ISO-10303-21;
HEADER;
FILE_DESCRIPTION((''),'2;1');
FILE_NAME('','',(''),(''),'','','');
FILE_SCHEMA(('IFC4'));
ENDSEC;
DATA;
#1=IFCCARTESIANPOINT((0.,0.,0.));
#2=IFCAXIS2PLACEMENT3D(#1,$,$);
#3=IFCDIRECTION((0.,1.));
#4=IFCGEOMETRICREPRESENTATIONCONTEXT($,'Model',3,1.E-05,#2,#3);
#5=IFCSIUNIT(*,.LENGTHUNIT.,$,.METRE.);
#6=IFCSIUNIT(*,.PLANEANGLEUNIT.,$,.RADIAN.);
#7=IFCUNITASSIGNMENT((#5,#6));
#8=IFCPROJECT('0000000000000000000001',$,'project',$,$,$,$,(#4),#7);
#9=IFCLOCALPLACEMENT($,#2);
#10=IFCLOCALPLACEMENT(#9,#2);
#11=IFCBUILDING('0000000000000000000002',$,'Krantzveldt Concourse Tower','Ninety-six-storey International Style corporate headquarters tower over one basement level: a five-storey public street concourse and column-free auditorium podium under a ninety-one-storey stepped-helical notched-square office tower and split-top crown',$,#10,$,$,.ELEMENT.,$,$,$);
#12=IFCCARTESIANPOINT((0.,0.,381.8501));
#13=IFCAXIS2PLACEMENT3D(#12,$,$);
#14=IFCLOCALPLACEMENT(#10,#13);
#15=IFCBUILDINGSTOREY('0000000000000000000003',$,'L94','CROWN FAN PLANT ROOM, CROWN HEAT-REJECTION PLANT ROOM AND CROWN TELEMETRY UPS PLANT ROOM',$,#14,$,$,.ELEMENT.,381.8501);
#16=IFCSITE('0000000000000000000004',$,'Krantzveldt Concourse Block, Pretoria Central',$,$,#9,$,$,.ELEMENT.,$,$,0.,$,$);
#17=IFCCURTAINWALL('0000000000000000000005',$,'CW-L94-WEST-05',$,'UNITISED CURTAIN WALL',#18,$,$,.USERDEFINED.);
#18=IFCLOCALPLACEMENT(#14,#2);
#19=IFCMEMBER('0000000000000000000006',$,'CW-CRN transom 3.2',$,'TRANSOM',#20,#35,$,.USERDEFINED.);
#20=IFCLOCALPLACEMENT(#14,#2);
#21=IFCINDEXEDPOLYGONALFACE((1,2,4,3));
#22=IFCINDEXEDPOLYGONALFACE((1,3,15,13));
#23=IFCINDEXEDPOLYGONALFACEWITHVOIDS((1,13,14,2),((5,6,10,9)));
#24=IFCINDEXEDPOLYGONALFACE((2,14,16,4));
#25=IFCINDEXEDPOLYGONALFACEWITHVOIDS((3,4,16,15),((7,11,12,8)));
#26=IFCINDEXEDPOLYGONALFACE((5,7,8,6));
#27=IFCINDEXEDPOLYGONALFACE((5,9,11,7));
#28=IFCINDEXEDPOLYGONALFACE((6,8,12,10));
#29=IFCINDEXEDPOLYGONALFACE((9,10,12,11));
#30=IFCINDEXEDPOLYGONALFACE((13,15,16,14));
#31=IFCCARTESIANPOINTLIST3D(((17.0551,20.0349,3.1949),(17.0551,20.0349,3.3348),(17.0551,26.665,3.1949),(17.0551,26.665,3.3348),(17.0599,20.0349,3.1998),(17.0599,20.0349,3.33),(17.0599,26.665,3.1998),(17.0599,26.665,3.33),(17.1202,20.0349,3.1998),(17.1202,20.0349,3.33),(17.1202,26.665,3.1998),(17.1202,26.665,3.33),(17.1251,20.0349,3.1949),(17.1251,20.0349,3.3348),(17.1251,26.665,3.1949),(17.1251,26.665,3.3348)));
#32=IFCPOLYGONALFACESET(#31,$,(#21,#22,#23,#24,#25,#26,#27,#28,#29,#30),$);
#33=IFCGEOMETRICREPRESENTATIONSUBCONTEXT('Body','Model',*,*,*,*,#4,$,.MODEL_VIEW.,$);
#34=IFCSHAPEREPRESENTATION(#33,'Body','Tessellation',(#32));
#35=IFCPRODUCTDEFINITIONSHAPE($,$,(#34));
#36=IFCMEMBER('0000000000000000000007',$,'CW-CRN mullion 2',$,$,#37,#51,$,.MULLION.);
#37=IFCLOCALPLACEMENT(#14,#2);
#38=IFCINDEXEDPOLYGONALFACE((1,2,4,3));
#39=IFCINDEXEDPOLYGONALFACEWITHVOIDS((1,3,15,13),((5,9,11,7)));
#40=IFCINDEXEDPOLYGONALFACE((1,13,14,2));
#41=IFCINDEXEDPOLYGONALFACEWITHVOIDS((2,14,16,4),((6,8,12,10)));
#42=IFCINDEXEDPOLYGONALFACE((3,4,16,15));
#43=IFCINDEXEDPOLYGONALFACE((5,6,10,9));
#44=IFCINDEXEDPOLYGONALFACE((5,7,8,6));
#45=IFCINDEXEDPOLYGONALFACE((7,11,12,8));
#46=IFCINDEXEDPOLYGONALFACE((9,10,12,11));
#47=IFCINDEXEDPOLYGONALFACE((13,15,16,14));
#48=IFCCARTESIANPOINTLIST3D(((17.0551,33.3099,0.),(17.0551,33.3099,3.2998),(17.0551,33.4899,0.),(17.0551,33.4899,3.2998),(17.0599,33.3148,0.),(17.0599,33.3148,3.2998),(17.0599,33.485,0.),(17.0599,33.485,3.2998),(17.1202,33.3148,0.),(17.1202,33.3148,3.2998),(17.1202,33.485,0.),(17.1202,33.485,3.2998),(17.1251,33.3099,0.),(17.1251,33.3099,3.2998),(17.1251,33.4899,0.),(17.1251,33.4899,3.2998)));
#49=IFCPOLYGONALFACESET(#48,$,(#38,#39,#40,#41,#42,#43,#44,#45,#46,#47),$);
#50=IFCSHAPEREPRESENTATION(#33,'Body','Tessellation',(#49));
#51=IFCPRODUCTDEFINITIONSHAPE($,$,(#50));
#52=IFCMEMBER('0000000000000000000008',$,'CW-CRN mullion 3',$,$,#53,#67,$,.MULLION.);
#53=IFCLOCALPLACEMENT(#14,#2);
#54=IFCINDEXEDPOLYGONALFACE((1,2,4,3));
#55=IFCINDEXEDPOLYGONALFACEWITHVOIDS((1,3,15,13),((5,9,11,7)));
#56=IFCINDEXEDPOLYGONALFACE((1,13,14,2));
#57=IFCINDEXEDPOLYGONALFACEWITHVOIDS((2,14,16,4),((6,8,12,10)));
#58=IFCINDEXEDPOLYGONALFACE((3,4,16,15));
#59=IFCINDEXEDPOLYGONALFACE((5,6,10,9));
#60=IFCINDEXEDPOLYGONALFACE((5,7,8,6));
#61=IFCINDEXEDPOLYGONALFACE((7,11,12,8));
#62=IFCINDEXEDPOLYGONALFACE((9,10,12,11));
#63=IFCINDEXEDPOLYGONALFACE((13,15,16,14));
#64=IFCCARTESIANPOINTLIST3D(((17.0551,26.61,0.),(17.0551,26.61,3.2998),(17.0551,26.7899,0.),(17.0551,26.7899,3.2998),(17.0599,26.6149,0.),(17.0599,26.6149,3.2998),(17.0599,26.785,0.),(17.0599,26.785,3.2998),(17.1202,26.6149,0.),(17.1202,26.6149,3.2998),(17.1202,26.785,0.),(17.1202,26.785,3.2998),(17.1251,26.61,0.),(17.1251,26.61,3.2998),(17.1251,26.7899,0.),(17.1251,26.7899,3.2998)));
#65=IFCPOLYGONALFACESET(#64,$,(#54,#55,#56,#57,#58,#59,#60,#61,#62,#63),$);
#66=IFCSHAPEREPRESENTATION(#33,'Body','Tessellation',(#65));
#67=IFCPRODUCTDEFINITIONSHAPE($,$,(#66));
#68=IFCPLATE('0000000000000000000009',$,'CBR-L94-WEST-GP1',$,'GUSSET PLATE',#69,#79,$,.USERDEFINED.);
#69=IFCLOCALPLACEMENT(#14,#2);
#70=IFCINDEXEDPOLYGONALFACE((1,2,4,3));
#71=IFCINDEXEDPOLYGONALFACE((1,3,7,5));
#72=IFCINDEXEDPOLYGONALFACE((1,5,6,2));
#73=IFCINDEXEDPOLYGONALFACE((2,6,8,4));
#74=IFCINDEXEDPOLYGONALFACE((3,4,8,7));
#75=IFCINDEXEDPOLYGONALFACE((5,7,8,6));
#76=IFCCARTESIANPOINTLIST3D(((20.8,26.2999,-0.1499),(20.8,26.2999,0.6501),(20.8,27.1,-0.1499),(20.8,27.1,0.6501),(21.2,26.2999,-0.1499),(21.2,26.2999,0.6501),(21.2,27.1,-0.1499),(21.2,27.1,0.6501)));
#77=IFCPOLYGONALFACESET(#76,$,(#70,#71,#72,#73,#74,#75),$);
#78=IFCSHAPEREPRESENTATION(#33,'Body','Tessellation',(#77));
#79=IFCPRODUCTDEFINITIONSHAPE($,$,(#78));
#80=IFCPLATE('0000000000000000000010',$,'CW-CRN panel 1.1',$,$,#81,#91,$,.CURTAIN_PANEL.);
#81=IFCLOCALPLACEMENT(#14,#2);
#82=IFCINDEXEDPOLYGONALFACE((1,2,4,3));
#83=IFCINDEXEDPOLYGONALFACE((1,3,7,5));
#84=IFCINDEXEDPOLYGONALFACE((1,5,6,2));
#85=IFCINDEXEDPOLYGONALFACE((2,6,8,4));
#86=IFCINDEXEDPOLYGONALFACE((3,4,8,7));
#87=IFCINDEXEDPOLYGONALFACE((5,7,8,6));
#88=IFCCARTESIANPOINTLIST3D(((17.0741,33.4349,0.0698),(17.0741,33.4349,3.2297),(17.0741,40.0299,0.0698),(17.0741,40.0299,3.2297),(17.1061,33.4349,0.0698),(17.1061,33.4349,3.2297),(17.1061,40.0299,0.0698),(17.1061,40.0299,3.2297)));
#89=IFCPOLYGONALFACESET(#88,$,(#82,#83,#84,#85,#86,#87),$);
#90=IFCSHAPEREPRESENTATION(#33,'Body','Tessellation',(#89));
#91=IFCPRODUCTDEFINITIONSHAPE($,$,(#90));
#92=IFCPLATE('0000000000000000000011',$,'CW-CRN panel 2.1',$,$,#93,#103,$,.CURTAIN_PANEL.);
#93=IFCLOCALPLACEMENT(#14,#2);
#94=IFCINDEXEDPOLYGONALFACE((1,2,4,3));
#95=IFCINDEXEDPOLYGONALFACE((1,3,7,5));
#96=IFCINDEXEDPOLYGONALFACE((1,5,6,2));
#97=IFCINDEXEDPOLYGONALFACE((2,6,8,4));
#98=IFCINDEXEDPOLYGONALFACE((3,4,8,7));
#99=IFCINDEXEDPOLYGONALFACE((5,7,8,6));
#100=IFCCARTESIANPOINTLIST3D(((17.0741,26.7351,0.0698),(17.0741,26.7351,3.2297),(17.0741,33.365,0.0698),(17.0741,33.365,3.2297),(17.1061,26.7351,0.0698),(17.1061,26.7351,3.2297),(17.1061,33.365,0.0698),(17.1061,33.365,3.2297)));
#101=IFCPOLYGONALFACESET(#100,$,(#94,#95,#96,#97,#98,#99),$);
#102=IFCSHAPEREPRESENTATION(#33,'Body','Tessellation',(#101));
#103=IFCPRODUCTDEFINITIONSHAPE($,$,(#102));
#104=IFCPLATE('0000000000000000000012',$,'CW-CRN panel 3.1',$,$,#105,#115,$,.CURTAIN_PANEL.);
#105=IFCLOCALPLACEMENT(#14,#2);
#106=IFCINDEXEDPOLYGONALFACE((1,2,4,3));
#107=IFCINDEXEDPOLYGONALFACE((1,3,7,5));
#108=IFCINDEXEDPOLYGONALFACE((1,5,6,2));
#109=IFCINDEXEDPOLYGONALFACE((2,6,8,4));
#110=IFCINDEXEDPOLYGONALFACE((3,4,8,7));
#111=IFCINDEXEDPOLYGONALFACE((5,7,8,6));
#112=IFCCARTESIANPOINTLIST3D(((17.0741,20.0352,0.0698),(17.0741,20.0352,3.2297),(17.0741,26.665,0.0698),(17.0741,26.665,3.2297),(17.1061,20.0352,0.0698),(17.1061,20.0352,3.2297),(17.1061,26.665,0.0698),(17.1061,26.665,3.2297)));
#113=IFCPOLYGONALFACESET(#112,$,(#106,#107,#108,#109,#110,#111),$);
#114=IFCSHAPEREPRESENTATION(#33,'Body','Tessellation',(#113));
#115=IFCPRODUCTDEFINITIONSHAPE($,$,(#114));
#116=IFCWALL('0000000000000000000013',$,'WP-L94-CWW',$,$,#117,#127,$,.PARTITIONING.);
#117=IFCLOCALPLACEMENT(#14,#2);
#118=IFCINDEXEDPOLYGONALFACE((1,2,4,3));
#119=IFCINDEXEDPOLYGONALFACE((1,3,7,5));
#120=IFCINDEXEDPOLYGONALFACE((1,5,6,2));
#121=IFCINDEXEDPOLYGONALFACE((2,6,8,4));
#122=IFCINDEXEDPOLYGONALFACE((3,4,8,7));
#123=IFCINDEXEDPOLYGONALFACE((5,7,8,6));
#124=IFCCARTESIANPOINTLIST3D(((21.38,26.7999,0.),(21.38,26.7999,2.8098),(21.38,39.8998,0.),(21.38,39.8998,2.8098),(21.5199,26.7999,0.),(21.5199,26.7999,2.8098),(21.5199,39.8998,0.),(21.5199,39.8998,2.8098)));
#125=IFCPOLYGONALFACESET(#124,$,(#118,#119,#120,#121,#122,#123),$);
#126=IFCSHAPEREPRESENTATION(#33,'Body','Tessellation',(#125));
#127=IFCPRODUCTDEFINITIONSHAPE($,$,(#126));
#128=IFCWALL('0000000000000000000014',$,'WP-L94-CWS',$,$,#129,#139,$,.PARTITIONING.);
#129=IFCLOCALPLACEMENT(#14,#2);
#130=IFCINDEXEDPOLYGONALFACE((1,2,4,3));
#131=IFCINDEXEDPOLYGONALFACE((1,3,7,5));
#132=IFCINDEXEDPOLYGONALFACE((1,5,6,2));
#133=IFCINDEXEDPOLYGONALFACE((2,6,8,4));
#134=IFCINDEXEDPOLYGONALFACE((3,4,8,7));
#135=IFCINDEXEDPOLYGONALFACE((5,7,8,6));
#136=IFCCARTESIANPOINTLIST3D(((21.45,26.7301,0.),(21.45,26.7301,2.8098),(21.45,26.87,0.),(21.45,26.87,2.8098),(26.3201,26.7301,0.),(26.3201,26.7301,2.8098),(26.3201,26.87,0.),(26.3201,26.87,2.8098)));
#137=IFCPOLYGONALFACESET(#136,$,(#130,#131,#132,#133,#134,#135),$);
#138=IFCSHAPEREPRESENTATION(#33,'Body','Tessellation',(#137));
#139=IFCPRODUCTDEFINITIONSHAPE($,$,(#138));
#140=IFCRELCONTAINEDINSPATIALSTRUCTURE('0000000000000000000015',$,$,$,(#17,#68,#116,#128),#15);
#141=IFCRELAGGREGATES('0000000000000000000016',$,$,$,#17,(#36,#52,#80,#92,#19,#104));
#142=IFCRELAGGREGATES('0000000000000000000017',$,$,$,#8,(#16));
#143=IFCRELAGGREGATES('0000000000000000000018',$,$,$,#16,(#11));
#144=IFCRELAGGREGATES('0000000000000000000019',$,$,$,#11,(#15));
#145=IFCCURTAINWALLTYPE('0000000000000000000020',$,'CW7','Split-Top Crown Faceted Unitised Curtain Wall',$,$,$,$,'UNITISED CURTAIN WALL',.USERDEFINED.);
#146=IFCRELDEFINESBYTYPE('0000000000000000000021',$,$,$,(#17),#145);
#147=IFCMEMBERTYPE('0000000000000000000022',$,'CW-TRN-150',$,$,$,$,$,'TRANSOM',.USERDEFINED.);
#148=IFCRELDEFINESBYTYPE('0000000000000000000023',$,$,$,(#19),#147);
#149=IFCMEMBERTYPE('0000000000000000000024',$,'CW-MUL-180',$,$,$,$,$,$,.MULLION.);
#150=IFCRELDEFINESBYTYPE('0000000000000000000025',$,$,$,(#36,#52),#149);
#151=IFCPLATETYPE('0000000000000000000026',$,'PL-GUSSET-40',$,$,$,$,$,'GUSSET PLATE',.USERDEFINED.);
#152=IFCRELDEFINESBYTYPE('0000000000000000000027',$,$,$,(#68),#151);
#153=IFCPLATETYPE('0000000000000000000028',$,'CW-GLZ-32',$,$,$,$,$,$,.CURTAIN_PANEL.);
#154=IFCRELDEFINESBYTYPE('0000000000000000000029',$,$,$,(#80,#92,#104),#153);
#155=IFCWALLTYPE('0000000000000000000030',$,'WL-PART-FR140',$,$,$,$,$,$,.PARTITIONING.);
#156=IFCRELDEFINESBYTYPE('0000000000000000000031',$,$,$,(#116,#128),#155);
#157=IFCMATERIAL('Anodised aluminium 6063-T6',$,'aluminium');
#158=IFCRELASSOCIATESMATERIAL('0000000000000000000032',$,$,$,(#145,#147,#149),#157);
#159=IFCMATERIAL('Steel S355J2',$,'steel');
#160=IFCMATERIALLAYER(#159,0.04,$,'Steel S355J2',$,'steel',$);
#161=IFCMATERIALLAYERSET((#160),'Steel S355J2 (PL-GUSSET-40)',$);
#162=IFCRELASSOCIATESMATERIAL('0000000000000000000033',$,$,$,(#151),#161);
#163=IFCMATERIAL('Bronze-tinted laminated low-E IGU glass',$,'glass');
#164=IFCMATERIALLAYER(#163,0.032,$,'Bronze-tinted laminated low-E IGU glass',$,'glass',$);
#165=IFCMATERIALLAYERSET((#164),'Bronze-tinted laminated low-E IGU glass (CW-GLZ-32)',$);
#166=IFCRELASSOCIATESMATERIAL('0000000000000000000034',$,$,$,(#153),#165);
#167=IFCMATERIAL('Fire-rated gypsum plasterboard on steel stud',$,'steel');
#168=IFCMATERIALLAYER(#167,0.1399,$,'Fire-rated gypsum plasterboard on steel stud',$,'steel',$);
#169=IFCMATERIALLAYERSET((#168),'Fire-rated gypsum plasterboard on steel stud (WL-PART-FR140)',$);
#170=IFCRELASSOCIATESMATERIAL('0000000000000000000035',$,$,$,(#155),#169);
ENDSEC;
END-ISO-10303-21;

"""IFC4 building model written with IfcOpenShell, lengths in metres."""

from ifc_helpers import new_model, si_unit, direction, frame, frame_2d, origin, origin_2d, place, context, subcontext, project, spatial, rectangle, hollow_rectangle, extrude, source, transform, mapped, material, layer, layer_set, material_profile, profile_set, type_object, type_shapes, element, aggregate, save


model = new_model("IFC4")

# Units and contexts
model_context = context("Model", 3, precision=1e-05, world=origin(), true_north=direction((0.0, 1.0)))
body_context = subcontext(model_context, "Body", "Model", "MODEL_VIEW")
ifc_project = project(units=[si_unit("LENGTHUNIT", "METRE"), si_unit("PLANEANGLEUNIT", "RADIAN")], contexts=[model_context])

# Site, building, storey
site_placement = place(None, origin())
site = spatial("IfcSite", under=ifc_project, at=site_placement, Name="Krantzveldt Concourse Block, Pretoria Central", CompositionType="ELEMENT", RefElevation=0.0)
building_placement = place(site_placement, origin())
building = spatial("IfcBuilding", under=site, at=building_placement, Name="Krantzveldt Concourse Tower", Description="Ninety-six-storey International Style corporate headquarters tower over one basement level: a five-storey public street concourse and column-free auditorium podium under a ninety-one-storey stepped-helical notched-square office tower and split-top crown", CompositionType="ELEMENT")
storey_placement = place(building_placement, frame((0.0, 0.0, 381.8501)))
storey = spatial("IfcBuildingStorey", under=building, at=storey_placement, Name="L94", Description="CROWN FAN PLANT ROOM, CROWN HEAT-REJECTION PLANT ROOM AND CROWN TELEMETRY UPS PLANT ROOM", CompositionType="ELEMENT", Elevation=381.8501)

# Shared definitions
ifc_material_1 = material(Name="Steel S355J2", Category="steel")

# Curtain wall, members
ifc_material_2 = material(Name="Anodised aluminium 6063-T6", Category="aluminium")
curtain_wall_type = type_object("IfcCurtainWallType", Name="CW7", Description="Split-Top Crown Faceted Unitised Curtain Wall", ElementType="UNITISED CURTAIN WALL", PredefinedType="USERDEFINED", material=ifc_material_2)
curtain_wall_placement = place(storey_placement, origin())
curtain_wall = element("IfcCurtainWall", 1, at=curtain_wall_placement, inside=storey, type_object=curtain_wall_type, Name="CW-L94-WEST-05", ObjectType="UNITISED CURTAIN WALL", PredefinedType="USERDEFINED")
ifc_material_profile_1 = material_profile(ifc_material_2, hollow_rectangle(XDim=0.0701, YDim=0.1399, WallThickness=0.0049, at=origin_2d()), Name="Anodised aluminium 6063-T6", Category="aluminium")
ifc_profile_set_1 = profile_set([ifc_material_profile_1], Name="Anodised aluminium 6063-T6 - ALU-TRAN 140x70x5")
member_type_1 = type_object("IfcMemberType", Name="CW-TRN-150", ElementType="TRANSOM", PredefinedType="USERDEFINED", material=ifc_profile_set_1)
shared_shape_1 = source(origin(), body_context, "Body", "SweptSolid", [
    extrude(hollow_rectangle(XDim=0.0701, YDim=0.1399, WallThickness=0.0049, at=origin_2d()), origin(), (0.0, 0.0, 1.0), 6.6301),
])
member_1_placement = place(storey_placement, frame((17.0901, 26.665, 3.2649), z_axis=(0.0, -1.0, 0.0), x_axis=(1.0, 0.0, 0.0)))
member_1 = element("IfcMember", 2, at=member_1_placement, type_object=member_type_1, Name="CW-CRN transom 3.2", ObjectType="TRANSOM", PredefinedType="USERDEFINED", context=body_context, shape_type="MappedRepresentation", body=[
    mapped(shared_shape_1, transform((0.0, 0.0, 0.0), x_axis=(1.0, 0.0, 0.0), y_axis=(0.0, 1.0, 0.0), z_axis=(0.0, 0.0, 1.0), scale=1.0)),
])
ifc_material_profile_2 = material_profile(ifc_material_2, hollow_rectangle(XDim=0.0701, YDim=0.1799, WallThickness=0.0049, at=origin_2d()), Name="Anodised aluminium 6063-T6", Category="aluminium")
ifc_profile_set_2 = profile_set([ifc_material_profile_2], Name="Anodised aluminium 6063-T6 - ALU-MULL 180x70x5")
member_type_2 = type_object("IfcMemberType", Name="CW-MUL-180", PredefinedType="MULLION", material=ifc_profile_set_2)
shared_shape_2 = source(origin(), body_context, "Body", "SweptSolid", [
    extrude(hollow_rectangle(XDim=0.0701, YDim=0.1799, WallThickness=0.0049, at=origin_2d()), origin(), (0.0, 0.0, 1.0), 3.2998),
])
type_shapes(member_type_2, [shared_shape_2])
member_2_placement = place(storey_placement, frame((17.0901, 33.3999, 0.0), z_axis=(0.0, 0.0, 1.0), x_axis=(1.0, 0.0, 0.0)))
member_2 = element("IfcMember", 3, at=member_2_placement, type_object=member_type_2, Name="CW-CRN mullion 2", PredefinedType="MULLION", context=body_context, shape_type="MappedRepresentation", body=[
    mapped(shared_shape_2, transform((0.0, 0.0, 0.0), x_axis=(1.0, 0.0, 0.0), y_axis=(0.0, 1.0, 0.0), z_axis=(0.0, 0.0, 1.0), scale=1.0)),
])
member_3_placement = place(storey_placement, frame((17.0901, 26.7, 0.0), z_axis=(0.0, 0.0, 1.0), x_axis=(1.0, 0.0, 0.0)))
member_3 = element("IfcMember", 4, at=member_3_placement, type_object=member_type_2, Name="CW-CRN mullion 3", PredefinedType="MULLION", context=body_context, shape_type="MappedRepresentation", body=[
    mapped(shared_shape_2, transform((0.0, 0.0, 0.0), x_axis=(1.0, 0.0, 0.0), y_axis=(0.0, 1.0, 0.0), z_axis=(0.0, 0.0, 1.0), scale=1.0)),
])

# Plates
ifc_layer_1 = layer(ifc_material_1, 0.04, Name="Steel S355J2", Category="steel")
ifc_layer_set_1 = layer_set([ifc_layer_1], Name="Steel S355J2 (PL-GUSSET-40)")
plate_type_1 = type_object("IfcPlateType", Name="PL-GUSSET-40", ElementType="GUSSET PLATE", PredefinedType="USERDEFINED", material=ifc_layer_set_1)
shared_shape_3 = source(origin(), body_context, "Body", "SweptSolid", [
    extrude(rectangle(XDim=0.3999, YDim=0.8, at=origin_2d()), origin(), (0.0, 0.0, 1.0), 0.8),
])
type_shapes(plate_type_1, [shared_shape_3])
plate_1_placement = place(storey_placement, frame((21.0, 26.7, -0.1499), z_axis=(0.0, 0.0, 1.0), x_axis=(1.0, 0.0, 0.0)))
element("IfcPlate", 5, at=plate_1_placement, inside=storey, type_object=plate_type_1, Name="CBR-L94-WEST-GP1", ObjectType="GUSSET PLATE", PredefinedType="USERDEFINED", context=body_context, shape_type="MappedRepresentation", body=[
    mapped(shared_shape_3, transform((0.0, 0.0, 0.0), x_axis=(1.0, 0.0, 0.0), y_axis=(0.0, 1.0, 0.0), z_axis=(0.0, 0.0, 1.0), scale=1.0)),
])
ifc_material_3 = material(Name="Bronze-tinted laminated low-E IGU glass", Category="glass")
ifc_layer_2 = layer(ifc_material_3, 0.032, Name="Bronze-tinted laminated low-E IGU glass", Category="glass")
ifc_layer_set_2 = layer_set([ifc_layer_2], Name="Bronze-tinted laminated low-E IGU glass (CW-GLZ-32)")
plate_type_2 = type_object("IfcPlateType", Name="CW-GLZ-32", PredefinedType="CURTAIN_PANEL", material=ifc_layer_set_2)
shared_shape_4 = source(origin(), body_context, "Body", "SweptSolid", [
    extrude(rectangle(XDim=6.595, YDim=0.032, at=origin_2d()), origin(), (0.0, 0.0, 1.0), 3.1599),
])
plate_2_placement = place(storey_placement, frame((17.0901, 36.7324, 0.0698), z_axis=(0.0, 0.0, 1.0), x_axis=(0.0, -1.0, 0.0)))
plate_2 = element("IfcPlate", 6, at=plate_2_placement, type_object=plate_type_2, Name="CW-CRN panel 1.1", PredefinedType="CURTAIN_PANEL", context=body_context, shape_type="MappedRepresentation", body=[
    mapped(shared_shape_4, transform((0.0, 0.0, 0.0), x_axis=(1.0, 0.0, 0.0), y_axis=(0.0, 1.0, 0.0), z_axis=(0.0, 0.0, 1.0), scale=1.0)),
])
shared_shape_5 = source(origin(), body_context, "Body", "SweptSolid", [
    extrude(rectangle(XDim=6.6299, YDim=0.032, at=origin_2d()), origin(), (0.0, 0.0, 1.0), 3.1599),
])
type_shapes(plate_type_2, [shared_shape_4, shared_shape_5])
plate_3_placement = place(storey_placement, frame((17.0901, 30.05, 0.0698), z_axis=(0.0, 0.0, 1.0), x_axis=(0.0, -1.0, 0.0)))
plate_3 = element("IfcPlate", 7, at=plate_3_placement, type_object=plate_type_2, Name="CW-CRN panel 2.1", PredefinedType="CURTAIN_PANEL", context=body_context, shape_type="MappedRepresentation", body=[
    mapped(shared_shape_5, transform((0.0, 0.0, 0.0), x_axis=(1.0, 0.0, 0.0), y_axis=(0.0, 1.0, 0.0), z_axis=(0.0, 0.0, 1.0), scale=1.0)),
])
plate_4_placement = place(storey_placement, frame((17.0901, 23.3501, 0.0698), z_axis=(0.0, 0.0, 1.0), x_axis=(0.0, -1.0, 0.0)))
plate_4 = element("IfcPlate", 8, at=plate_4_placement, type_object=plate_type_2, Name="CW-CRN panel 3.1", PredefinedType="CURTAIN_PANEL", context=body_context, shape_type="MappedRepresentation", body=[
    mapped(shared_shape_5, transform((0.0, 0.0, 0.0), x_axis=(1.0, 0.0, 0.0), y_axis=(0.0, 1.0, 0.0), z_axis=(0.0, 0.0, 1.0), scale=1.0)),
])
aggregate(curtain_wall, [member_2, member_3, plate_2, plate_3, member_1, plate_4])

# Walls
ifc_material_4 = material(Name="Fire-rated gypsum plasterboard on steel stud", Category="steel")
ifc_layer_3 = layer(ifc_material_4, 0.1399, Name="Fire-rated gypsum plasterboard on steel stud", Category="steel")
ifc_layer_set_3 = layer_set([ifc_layer_3], Name="Fire-rated gypsum plasterboard on steel stud (WL-PART-FR140)")
wall_type_1 = type_object("IfcWallType", Name="WL-PART-FR140", PredefinedType="PARTITIONING", material=ifc_layer_set_3)
wall_1_placement = place(storey_placement, frame((21.45, 26.8, 0.0), z_axis=(0.0, 0.0, 1.0), x_axis=(0.0, 1.0, 0.0)))
element("IfcWall", 9, at=wall_1_placement, inside=storey, type_object=wall_type_1, Name="WP-L94-CWW", PredefinedType="PARTITIONING", context=body_context, shape_type="SweptSolid", body=[
    extrude(rectangle(XDim=13.0999, YDim=0.1399, at=frame_2d((6.5498, 0.0))), origin(), (0.0, 0.0, 1.0), 2.8098),
])
wall_2_placement = place(storey_placement, frame((21.45, 26.8, 0.0), z_axis=(0.0, 0.0, 1.0), x_axis=(1.0, 0.0, 0.0)))
element("IfcWall", 10, at=wall_2_placement, inside=storey, type_object=wall_type_1, Name="WP-L94-CWS", PredefinedType="PARTITIONING", context=body_context, shape_type="SweptSolid", body=[
    extrude(rectangle(XDim=4.8701, YDim=0.1399, at=frame_2d((2.4351, 0.0))), origin(), (0.0, 0.0, 1.0), 2.8098),
])

save(model, "model.ifc")
